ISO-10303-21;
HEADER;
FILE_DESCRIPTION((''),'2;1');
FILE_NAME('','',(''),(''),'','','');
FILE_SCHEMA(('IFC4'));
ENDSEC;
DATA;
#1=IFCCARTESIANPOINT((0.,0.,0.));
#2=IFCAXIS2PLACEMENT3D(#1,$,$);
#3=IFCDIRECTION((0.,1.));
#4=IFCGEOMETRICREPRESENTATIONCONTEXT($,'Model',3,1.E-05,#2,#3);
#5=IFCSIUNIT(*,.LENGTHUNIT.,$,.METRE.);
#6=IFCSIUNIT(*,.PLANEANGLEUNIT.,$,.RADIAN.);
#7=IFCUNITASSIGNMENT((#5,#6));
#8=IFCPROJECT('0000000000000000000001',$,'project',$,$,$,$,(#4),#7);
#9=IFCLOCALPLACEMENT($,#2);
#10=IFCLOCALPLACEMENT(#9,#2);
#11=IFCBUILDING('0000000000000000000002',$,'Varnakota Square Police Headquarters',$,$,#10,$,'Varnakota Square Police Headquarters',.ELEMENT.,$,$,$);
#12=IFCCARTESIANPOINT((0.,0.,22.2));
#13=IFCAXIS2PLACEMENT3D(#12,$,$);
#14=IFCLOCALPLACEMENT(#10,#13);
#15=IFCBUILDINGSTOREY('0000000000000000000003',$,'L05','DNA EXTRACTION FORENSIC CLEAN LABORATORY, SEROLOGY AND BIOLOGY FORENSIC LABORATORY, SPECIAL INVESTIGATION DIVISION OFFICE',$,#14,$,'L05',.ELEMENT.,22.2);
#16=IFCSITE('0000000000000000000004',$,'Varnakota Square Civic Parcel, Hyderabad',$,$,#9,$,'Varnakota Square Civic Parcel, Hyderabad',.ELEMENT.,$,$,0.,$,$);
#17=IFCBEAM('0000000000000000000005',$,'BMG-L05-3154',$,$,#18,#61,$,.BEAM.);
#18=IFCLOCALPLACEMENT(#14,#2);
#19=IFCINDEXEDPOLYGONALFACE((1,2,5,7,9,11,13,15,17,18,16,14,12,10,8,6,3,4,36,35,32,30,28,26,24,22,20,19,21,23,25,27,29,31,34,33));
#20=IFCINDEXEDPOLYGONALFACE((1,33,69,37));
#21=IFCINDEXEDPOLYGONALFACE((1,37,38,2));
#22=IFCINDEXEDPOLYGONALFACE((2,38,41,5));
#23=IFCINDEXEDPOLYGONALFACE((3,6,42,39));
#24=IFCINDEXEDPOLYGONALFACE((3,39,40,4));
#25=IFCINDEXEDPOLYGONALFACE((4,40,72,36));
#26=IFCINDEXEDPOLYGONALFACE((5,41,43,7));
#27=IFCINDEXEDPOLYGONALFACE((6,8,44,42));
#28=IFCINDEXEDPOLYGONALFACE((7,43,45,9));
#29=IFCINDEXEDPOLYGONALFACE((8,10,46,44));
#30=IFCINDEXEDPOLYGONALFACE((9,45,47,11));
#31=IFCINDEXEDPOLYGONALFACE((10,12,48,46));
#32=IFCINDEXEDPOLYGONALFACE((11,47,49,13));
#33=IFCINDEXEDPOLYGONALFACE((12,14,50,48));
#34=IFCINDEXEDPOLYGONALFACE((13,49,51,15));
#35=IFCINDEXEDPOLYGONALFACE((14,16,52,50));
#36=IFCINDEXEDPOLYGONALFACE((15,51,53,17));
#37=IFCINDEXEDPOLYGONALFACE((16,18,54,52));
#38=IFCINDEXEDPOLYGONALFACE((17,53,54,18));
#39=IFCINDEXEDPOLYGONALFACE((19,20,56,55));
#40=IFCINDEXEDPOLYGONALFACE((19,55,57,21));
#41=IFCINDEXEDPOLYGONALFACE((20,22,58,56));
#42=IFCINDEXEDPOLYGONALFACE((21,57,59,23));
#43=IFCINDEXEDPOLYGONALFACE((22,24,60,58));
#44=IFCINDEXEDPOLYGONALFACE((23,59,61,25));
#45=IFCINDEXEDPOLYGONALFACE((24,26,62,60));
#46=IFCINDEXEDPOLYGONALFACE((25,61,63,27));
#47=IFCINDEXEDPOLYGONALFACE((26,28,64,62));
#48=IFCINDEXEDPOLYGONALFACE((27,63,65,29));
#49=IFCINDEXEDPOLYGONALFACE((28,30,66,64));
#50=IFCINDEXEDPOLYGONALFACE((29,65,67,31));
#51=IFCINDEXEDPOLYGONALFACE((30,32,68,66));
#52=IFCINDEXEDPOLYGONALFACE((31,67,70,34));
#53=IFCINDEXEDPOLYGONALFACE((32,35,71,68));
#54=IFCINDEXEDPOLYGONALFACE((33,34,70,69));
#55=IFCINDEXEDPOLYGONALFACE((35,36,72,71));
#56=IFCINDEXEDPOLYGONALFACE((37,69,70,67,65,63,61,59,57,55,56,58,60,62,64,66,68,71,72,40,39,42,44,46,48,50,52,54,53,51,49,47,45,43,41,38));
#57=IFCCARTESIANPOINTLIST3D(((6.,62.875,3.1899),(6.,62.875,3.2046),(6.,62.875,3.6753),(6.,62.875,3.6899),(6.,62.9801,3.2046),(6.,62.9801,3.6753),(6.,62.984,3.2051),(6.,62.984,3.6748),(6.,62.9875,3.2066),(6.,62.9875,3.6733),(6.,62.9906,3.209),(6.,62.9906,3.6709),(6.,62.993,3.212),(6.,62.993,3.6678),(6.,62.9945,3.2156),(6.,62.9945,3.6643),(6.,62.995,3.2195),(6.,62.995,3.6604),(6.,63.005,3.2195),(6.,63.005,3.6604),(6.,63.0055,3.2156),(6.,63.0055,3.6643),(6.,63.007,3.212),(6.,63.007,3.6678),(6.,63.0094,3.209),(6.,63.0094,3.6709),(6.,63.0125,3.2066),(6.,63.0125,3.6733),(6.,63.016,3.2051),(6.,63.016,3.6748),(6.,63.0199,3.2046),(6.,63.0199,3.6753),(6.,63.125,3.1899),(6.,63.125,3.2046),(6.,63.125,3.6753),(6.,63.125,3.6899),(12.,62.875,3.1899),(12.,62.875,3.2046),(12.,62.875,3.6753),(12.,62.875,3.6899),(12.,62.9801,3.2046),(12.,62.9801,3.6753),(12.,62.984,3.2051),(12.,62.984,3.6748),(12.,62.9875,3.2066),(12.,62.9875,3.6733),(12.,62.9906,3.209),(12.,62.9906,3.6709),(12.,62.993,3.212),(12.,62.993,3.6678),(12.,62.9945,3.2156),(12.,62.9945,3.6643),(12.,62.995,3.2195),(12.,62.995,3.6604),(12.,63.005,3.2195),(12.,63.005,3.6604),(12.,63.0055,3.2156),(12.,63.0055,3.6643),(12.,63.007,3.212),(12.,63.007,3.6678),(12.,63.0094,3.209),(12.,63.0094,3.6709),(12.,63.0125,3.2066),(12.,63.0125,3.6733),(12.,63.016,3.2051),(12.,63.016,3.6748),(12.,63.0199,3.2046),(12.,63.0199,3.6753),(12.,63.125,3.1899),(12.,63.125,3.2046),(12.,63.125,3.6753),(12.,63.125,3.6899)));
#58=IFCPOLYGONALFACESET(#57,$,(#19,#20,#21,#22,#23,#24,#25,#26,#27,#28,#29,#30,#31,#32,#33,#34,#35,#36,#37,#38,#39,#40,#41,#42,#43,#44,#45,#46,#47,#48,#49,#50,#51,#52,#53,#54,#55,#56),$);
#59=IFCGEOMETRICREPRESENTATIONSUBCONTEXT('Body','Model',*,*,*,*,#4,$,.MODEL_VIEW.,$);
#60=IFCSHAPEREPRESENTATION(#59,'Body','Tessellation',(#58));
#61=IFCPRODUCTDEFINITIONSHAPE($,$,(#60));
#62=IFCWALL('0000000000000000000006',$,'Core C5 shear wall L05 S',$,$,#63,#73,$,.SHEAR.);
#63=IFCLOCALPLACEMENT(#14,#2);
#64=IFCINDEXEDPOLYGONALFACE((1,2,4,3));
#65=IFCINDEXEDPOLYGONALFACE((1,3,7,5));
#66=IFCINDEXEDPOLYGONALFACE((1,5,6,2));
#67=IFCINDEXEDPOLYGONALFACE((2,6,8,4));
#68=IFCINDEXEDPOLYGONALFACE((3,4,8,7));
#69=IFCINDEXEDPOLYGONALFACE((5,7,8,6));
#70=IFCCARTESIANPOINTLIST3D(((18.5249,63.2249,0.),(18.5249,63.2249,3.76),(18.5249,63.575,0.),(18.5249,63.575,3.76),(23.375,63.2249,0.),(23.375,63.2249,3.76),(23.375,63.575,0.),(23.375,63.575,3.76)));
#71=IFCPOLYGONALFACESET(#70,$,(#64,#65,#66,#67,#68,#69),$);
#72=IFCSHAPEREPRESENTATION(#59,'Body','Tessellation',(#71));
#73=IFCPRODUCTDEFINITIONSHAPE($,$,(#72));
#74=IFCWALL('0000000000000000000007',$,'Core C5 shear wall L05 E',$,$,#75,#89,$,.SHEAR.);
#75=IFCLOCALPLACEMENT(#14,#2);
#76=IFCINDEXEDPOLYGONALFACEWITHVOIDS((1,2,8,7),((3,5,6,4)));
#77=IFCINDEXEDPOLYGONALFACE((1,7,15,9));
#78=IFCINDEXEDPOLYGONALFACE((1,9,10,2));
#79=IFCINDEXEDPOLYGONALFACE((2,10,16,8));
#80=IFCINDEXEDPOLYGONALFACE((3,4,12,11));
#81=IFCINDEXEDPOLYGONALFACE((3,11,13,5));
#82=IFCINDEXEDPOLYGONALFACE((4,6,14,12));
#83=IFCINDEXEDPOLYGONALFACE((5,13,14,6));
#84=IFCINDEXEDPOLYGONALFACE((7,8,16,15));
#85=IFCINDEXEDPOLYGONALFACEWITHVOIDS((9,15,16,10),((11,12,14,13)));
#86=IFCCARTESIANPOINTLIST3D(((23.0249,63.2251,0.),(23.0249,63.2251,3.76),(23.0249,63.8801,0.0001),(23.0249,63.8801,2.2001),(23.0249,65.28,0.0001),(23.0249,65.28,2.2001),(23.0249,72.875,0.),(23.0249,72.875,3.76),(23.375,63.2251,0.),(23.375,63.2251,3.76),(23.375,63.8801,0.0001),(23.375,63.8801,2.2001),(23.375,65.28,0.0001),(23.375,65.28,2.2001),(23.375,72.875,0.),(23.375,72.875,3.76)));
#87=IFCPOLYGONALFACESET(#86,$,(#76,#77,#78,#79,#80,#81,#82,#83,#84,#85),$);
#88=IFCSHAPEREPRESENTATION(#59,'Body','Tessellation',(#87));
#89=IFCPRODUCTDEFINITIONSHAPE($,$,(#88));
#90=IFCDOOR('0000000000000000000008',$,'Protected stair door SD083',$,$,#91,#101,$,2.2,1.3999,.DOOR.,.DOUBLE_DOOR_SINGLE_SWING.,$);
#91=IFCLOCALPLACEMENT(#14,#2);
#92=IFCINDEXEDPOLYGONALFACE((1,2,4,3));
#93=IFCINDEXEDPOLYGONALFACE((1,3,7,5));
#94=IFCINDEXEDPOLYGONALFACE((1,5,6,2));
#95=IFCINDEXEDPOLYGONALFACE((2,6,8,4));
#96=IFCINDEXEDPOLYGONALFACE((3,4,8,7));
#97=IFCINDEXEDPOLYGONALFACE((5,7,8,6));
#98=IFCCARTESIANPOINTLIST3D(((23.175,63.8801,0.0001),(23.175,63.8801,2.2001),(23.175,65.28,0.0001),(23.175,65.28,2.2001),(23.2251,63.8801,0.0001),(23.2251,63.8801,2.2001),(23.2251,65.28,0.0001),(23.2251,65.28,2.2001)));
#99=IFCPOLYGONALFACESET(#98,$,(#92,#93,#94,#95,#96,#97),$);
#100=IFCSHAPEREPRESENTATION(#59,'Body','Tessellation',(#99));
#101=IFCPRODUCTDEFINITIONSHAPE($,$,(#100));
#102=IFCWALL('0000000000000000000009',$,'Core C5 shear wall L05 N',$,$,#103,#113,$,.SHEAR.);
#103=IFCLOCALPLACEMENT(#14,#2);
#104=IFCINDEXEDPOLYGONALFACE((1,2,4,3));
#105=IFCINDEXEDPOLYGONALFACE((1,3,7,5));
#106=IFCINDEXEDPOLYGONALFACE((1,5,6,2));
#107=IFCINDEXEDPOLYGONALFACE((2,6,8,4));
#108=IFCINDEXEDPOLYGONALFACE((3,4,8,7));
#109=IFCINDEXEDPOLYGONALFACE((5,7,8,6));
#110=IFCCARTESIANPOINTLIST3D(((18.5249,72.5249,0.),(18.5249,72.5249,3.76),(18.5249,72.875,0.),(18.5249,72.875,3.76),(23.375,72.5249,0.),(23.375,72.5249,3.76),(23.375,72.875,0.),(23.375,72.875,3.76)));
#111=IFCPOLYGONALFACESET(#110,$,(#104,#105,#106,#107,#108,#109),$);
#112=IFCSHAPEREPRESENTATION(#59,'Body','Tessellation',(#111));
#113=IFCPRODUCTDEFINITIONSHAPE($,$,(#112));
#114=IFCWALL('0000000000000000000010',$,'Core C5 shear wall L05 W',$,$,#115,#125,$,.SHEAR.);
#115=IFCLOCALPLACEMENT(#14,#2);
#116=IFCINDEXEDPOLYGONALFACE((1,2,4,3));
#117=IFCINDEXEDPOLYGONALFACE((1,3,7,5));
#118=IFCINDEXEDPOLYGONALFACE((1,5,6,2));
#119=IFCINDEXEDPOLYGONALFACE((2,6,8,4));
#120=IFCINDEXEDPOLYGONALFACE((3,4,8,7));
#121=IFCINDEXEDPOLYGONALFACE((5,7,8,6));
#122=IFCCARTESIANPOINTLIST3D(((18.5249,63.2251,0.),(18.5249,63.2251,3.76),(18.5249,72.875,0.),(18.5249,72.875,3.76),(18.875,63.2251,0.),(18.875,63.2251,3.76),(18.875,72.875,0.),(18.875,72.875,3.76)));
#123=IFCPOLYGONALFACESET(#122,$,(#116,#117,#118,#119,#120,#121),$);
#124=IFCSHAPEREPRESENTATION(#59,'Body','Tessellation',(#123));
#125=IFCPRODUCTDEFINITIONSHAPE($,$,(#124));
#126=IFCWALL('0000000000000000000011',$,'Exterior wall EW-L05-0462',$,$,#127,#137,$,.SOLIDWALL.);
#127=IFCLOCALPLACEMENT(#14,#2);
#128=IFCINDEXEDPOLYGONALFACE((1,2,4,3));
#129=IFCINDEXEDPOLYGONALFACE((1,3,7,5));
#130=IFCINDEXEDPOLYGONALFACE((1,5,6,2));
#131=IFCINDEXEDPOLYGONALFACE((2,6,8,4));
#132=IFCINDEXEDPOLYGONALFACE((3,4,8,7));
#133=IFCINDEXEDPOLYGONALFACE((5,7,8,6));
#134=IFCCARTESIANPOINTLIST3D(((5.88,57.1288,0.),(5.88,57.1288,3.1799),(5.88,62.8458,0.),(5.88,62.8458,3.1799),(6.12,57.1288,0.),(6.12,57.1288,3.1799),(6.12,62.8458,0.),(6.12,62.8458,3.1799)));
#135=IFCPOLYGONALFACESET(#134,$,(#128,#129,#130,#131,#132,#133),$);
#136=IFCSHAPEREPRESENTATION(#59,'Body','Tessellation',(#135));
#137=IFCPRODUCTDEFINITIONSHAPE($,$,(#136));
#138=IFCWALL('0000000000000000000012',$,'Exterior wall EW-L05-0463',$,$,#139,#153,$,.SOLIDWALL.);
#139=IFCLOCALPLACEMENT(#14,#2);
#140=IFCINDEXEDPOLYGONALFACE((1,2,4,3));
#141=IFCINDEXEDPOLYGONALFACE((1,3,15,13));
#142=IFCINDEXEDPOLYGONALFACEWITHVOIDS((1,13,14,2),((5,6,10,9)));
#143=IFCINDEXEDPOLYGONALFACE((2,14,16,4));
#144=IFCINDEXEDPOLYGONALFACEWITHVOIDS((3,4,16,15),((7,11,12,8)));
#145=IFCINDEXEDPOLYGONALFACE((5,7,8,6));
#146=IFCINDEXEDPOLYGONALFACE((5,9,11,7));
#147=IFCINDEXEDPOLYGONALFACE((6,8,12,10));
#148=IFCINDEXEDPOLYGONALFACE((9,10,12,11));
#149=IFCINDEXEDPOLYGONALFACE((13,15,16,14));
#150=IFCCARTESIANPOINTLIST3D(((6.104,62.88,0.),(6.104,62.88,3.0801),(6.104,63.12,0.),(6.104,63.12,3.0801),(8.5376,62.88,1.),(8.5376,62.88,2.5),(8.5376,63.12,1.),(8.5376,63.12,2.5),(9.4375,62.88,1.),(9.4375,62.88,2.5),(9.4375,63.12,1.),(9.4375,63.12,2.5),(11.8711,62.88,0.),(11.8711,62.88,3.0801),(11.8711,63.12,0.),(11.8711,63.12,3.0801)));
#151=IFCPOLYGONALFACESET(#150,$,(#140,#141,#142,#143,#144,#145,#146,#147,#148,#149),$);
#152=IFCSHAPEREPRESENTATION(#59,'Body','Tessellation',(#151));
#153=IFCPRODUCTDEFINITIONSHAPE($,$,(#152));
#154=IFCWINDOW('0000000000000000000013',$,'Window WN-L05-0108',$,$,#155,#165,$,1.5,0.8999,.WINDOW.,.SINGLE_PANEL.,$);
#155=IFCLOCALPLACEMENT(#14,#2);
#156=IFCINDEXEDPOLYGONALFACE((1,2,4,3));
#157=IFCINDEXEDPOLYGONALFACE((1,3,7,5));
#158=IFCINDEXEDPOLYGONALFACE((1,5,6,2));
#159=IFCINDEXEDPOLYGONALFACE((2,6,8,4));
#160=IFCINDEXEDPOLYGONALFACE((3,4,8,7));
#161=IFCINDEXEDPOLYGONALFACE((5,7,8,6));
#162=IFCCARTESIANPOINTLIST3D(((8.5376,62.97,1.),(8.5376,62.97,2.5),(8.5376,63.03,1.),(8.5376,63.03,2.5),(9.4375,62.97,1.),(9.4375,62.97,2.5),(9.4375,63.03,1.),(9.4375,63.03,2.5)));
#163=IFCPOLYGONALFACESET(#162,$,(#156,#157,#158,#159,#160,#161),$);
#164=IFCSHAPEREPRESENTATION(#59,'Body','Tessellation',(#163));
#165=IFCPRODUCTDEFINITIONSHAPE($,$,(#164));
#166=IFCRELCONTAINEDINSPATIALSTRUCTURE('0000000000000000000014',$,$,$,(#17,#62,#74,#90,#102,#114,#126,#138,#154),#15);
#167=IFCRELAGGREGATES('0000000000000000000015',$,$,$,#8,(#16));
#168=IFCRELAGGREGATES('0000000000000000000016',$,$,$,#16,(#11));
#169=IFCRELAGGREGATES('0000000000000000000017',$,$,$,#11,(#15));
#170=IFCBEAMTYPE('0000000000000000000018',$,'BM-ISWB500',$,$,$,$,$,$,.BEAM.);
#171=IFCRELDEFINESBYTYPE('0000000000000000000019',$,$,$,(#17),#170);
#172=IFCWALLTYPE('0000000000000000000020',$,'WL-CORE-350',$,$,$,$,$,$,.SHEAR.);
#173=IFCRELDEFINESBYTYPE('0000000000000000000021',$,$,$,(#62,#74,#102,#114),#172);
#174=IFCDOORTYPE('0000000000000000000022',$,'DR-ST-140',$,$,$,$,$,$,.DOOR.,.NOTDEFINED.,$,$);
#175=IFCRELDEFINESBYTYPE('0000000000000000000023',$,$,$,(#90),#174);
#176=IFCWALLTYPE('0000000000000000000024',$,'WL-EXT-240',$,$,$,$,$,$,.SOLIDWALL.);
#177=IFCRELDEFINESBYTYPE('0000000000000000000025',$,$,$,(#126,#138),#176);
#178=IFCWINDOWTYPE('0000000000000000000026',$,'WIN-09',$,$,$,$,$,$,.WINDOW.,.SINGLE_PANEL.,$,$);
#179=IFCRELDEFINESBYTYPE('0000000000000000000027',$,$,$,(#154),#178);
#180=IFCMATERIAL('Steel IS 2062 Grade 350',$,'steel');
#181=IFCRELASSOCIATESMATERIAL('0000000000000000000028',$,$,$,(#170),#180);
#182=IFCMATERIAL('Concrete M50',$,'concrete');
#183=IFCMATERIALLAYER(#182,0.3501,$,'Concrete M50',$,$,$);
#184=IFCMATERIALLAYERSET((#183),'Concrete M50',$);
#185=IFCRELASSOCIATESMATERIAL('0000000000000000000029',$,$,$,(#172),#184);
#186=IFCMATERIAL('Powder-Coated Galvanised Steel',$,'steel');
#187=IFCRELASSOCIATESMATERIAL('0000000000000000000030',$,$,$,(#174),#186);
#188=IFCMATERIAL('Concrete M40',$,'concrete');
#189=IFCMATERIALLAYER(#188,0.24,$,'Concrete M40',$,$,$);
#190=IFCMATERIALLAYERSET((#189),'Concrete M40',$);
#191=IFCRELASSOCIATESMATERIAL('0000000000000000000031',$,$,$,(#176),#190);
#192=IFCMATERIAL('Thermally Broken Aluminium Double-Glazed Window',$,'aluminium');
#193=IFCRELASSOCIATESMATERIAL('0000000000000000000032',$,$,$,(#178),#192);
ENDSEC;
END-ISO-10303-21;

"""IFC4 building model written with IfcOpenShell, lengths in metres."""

from ifc_helpers import new_model, si_unit, direction, frame, frame_2d, origin, origin_2d, place, context, subcontext, project, spatial, rectangle, i_section, extrude, material, layer, layer_set, material_profile, profile_set, type_object, element, fill, save


model = new_model("IFC4")

# Units and contexts
model_context = context("Model", 3, precision=1e-05, world=origin(), true_north=direction((0.0, 1.0)))
body_context = subcontext(model_context, "Body", "Model", "MODEL_VIEW")
ifc_project = project(units=[si_unit("LENGTHUNIT", "METRE"), si_unit("PLANEANGLEUNIT", "RADIAN")], contexts=[model_context])

# Site, building, storey
site_placement = place(None, origin())
site = spatial("IfcSite", under=ifc_project, at=site_placement, Name="Varnakota Square Civic Parcel, Hyderabad", LongName="Varnakota Square Civic Parcel, Hyderabad", CompositionType="ELEMENT", RefElevation=0.0)
building_placement = place(site_placement, origin())
building = spatial("IfcBuilding", under=site, at=building_placement, Name="Varnakota Square Police Headquarters", LongName="Varnakota Square Police Headquarters", CompositionType="ELEMENT")
storey_placement = place(building_placement, frame((0.0, 0.0, 22.2)))
storey = spatial("IfcBuildingStorey", under=building, at=storey_placement, Name="L05", Description="DNA EXTRACTION FORENSIC CLEAN LABORATORY, SEROLOGY AND BIOLOGY FORENSIC LABORATORY, SPECIAL INVESTIGATION DIVISION OFFICE", LongName="L05", CompositionType="ELEMENT", Elevation=22.2)

# Shared definitions
ifc_material_1 = material(Name="Steel IS 2062 Grade 350", Category="steel")

# Beam
ifc_material_profile_1 = material_profile(ifc_material_1, i_section(OverallWidth=0.25, OverallDepth=0.5, WebThickness=0.01, FlangeThickness=0.0146, FilletRadius=0.0149, at=origin_2d()), Name="ISWB 500")
ifc_profile_set_1 = profile_set([ifc_material_profile_1], Name="Steel IS 2062 Grade 350")
beam_type_1 = type_object("IfcBeamType", Name="BM-ISWB500", PredefinedType="BEAM", material=ifc_profile_set_1)
beam_1_placement = place(storey_placement, frame((6.0, 63.0, 3.4399), z_axis=(1.0, 0.0, 0.0), x_axis=(0.0, 1.0, 0.0)))
element("IfcBeam", 1, at=beam_1_placement, inside=storey, type_object=beam_type_1, Name="BMG-L05-3154", PredefinedType="BEAM", context=body_context, shape_type="SweptSolid", body=[
    extrude(i_section(OverallWidth=0.25, OverallDepth=0.5, WebThickness=0.01, FlangeThickness=0.0146, FilletRadius=0.0149, at=origin_2d()), origin(), (0.0, 0.0, 1.0), 6.0),
])

# Wall
ifc_material_2 = material(Name="Concrete M50", Category="concrete")
ifc_layer_1 = layer(ifc_material_2, 0.3501, Name="Concrete M50")
ifc_layer_set_1 = layer_set([ifc_layer_1], Name="Concrete M50")
wall_type_1 = type_object("IfcWallType", Name="WL-CORE-350", PredefinedType="SHEAR", material=ifc_layer_set_1)
wall_1_placement = place(storey_placement, frame((18.5249, 63.3999, 0.0), z_axis=(0.0, 0.0, 1.0), x_axis=(1.0, 0.0, 0.0)))
element("IfcWall", 2, at=wall_1_placement, inside=storey, type_object=wall_type_1, Name="Core C5 shear wall L05 S", PredefinedType="SHEAR", context=body_context, shape_type="SweptSolid", body=[
    extrude(rectangle(XDim=4.8501, YDim=0.3501, at=frame_2d((2.425, 0.0))), origin(), (0.0, 0.0, 1.0), 3.76),
])

# Wall, opening, door
wall_2_placement = place(storey_placement, frame((23.2, 63.2251, 0.0), z_axis=(0.0, 0.0, 1.0), x_axis=(0.0, 1.0, 0.0)))
wall_2 = element("IfcWall", 3, at=wall_2_placement, inside=storey, type_object=wall_type_1, Name="Core C5 shear wall L05 E", PredefinedType="SHEAR", context=body_context, shape_type="SweptSolid", body=[
    extrude(rectangle(XDim=9.6499, YDim=0.3501, at=frame_2d((4.825, 0.0))), origin(), (0.0, 0.0, 1.0), 3.76),
])
opening_1_placement = place(wall_2_placement, frame((0.655, 0.0, 0.0)))
opening_1 = element("IfcOpeningElement", 4, at=opening_1_placement, cuts=wall_2, PredefinedType="OPENING", context=body_context, shape_type="SweptSolid", body=[
    extrude(rectangle(XDim=1.3999, YDim=2.2, at=frame_2d((0.7, 1.1001))), frame((0.0, 0.1851, 0.0), z_axis=(0.0, -1.0, 0.0), x_axis=(1.0, 0.0, 0.0)), (0.0, 0.0, 1.0), 0.3701),
])
ifc_material_3 = material(Name="Powder-Coated Galvanised Steel", Category="steel")
door_type_1 = type_object("IfcDoorType", Name="DR-ST-140", OperationType="NOTDEFINED", PredefinedType="DOOR", material=ifc_material_3)
door_1_placement = place(opening_1_placement, origin())
door_1 = element("IfcDoor", 5, at=door_1_placement, inside=storey, type_object=door_type_1, Name="Protected stair door SD083", OperationType="DOUBLE_DOOR_SINGLE_SWING", OverallHeight=2.2, OverallWidth=1.3999, PredefinedType="DOOR", context=body_context, shape_type="SweptSolid", body=[
    extrude(rectangle(XDim=1.3999, YDim=2.2, at=frame_2d((0.7, 1.1001))), frame((0.0, 0.0249, 0.0), z_axis=(0.0, -1.0, 0.0), x_axis=(1.0, 0.0, 0.0)), (0.0, 0.0, 1.0), 0.05),
])
fill(opening_1, door_1)

# Walls
wall_3_placement = place(storey_placement, frame((23.375, 72.7, 0.0), z_axis=(0.0, 0.0, 1.0), x_axis=(-1.0, 0.0, 0.0)))
element("IfcWall", 6, at=wall_3_placement, inside=storey, type_object=wall_type_1, Name="Core C5 shear wall L05 N", PredefinedType="SHEAR", context=body_context, shape_type="SweptSolid", body=[
    extrude(rectangle(XDim=4.8501, YDim=0.3501, at=frame_2d((2.425, 0.0))), origin(), (0.0, 0.0, 1.0), 3.76),
])
wall_4_placement = place(storey_placement, frame((18.7, 72.875, 0.0), z_axis=(0.0, 0.0, 1.0), x_axis=(0.0, -1.0, 0.0)))
element("IfcWall", 7, at=wall_4_placement, inside=storey, type_object=wall_type_1, Name="Core C5 shear wall L05 W", PredefinedType="SHEAR", context=body_context, shape_type="SweptSolid", body=[
    extrude(rectangle(XDim=9.6499, YDim=0.3501, at=frame_2d((4.825, 0.0))), origin(), (0.0, 0.0, 1.0), 3.76),
])
ifc_material_4 = material(Name="Concrete M40", Category="concrete")
ifc_layer_2 = layer(ifc_material_4, 0.24, Name="Concrete M40")
ifc_layer_set_2 = layer_set([ifc_layer_2], Name="Concrete M40")
wall_type_2 = type_object("IfcWallType", Name="WL-EXT-240", PredefinedType="SOLIDWALL", material=ifc_layer_set_2)
wall_5_placement = place(storey_placement, frame((6.0, 57.1289, 0.0), z_axis=(0.0, 0.0, 1.0), x_axis=(0.0, 1.0, 0.0)))
element("IfcWall", 8, at=wall_5_placement, inside=storey, type_object=wall_type_2, Name="Exterior wall EW-L05-0462", PredefinedType="SOLIDWALL", context=body_context, shape_type="SweptSolid", body=[
    extrude(rectangle(XDim=5.717, YDim=0.24, at=frame_2d((2.8584, 0.0))), origin(), (0.0, 0.0, 1.0), 3.1799),
])

# Wall, opening, window
wall_6_placement = place(storey_placement, frame((6.104, 63.0, 0.0), z_axis=(0.0, 0.0, 1.0), x_axis=(1.0, 0.0, 0.0)))
wall_6 = element("IfcWall", 9, at=wall_6_placement, inside=storey, type_object=wall_type_2, Name="Exterior wall EW-L05-0463", PredefinedType="SOLIDWALL", context=body_context, shape_type="SweptSolid", body=[
    extrude(rectangle(XDim=5.7671, YDim=0.24, at=frame_2d((2.8835, 0.0))), origin(), (0.0, 0.0, 1.0), 3.0801),
])
opening_2_placement = place(wall_6_placement, frame((2.4336, 0.0, 1.0)))
opening_2 = element("IfcOpeningElement", 10, at=opening_2_placement, cuts=wall_6, PredefinedType="OPENING", context=body_context, shape_type="SweptSolid", body=[
    extrude(rectangle(XDim=0.8999, YDim=1.5, at=frame_2d((0.45, 0.75))), frame((0.0, 0.1299, 0.0), z_axis=(0.0, -1.0, 0.0), x_axis=(1.0, 0.0, 0.0)), (0.0, 0.0, 1.0), 0.26),
])
ifc_material_5 = material(Name="Thermally Broken Aluminium Double-Glazed Window", Category="aluminium")
window_type = type_object("IfcWindowType", Name="WIN-09", PartitioningType="SINGLE_PANEL", PredefinedType="WINDOW", material=ifc_material_5)
window_1_placement = place(opening_2_placement, origin())
window_1 = element("IfcWindow", 11, at=window_1_placement, inside=storey, type_object=window_type, Name="Window WN-L05-0108", OverallHeight=1.5, OverallWidth=0.8999, PartitioningType="SINGLE_PANEL", PredefinedType="WINDOW", context=body_context, shape_type="SweptSolid", body=[
    extrude(rectangle(XDim=0.8999, YDim=1.5, at=frame_2d((0.45, 0.75))), frame((0.0, 0.03, 0.0), z_axis=(0.0, -1.0, 0.0), x_axis=(1.0, 0.0, 0.0)), (0.0, 0.0, 1.0), 0.0601),
])
fill(opening_2, window_1)

save(model, "model.ifc")
